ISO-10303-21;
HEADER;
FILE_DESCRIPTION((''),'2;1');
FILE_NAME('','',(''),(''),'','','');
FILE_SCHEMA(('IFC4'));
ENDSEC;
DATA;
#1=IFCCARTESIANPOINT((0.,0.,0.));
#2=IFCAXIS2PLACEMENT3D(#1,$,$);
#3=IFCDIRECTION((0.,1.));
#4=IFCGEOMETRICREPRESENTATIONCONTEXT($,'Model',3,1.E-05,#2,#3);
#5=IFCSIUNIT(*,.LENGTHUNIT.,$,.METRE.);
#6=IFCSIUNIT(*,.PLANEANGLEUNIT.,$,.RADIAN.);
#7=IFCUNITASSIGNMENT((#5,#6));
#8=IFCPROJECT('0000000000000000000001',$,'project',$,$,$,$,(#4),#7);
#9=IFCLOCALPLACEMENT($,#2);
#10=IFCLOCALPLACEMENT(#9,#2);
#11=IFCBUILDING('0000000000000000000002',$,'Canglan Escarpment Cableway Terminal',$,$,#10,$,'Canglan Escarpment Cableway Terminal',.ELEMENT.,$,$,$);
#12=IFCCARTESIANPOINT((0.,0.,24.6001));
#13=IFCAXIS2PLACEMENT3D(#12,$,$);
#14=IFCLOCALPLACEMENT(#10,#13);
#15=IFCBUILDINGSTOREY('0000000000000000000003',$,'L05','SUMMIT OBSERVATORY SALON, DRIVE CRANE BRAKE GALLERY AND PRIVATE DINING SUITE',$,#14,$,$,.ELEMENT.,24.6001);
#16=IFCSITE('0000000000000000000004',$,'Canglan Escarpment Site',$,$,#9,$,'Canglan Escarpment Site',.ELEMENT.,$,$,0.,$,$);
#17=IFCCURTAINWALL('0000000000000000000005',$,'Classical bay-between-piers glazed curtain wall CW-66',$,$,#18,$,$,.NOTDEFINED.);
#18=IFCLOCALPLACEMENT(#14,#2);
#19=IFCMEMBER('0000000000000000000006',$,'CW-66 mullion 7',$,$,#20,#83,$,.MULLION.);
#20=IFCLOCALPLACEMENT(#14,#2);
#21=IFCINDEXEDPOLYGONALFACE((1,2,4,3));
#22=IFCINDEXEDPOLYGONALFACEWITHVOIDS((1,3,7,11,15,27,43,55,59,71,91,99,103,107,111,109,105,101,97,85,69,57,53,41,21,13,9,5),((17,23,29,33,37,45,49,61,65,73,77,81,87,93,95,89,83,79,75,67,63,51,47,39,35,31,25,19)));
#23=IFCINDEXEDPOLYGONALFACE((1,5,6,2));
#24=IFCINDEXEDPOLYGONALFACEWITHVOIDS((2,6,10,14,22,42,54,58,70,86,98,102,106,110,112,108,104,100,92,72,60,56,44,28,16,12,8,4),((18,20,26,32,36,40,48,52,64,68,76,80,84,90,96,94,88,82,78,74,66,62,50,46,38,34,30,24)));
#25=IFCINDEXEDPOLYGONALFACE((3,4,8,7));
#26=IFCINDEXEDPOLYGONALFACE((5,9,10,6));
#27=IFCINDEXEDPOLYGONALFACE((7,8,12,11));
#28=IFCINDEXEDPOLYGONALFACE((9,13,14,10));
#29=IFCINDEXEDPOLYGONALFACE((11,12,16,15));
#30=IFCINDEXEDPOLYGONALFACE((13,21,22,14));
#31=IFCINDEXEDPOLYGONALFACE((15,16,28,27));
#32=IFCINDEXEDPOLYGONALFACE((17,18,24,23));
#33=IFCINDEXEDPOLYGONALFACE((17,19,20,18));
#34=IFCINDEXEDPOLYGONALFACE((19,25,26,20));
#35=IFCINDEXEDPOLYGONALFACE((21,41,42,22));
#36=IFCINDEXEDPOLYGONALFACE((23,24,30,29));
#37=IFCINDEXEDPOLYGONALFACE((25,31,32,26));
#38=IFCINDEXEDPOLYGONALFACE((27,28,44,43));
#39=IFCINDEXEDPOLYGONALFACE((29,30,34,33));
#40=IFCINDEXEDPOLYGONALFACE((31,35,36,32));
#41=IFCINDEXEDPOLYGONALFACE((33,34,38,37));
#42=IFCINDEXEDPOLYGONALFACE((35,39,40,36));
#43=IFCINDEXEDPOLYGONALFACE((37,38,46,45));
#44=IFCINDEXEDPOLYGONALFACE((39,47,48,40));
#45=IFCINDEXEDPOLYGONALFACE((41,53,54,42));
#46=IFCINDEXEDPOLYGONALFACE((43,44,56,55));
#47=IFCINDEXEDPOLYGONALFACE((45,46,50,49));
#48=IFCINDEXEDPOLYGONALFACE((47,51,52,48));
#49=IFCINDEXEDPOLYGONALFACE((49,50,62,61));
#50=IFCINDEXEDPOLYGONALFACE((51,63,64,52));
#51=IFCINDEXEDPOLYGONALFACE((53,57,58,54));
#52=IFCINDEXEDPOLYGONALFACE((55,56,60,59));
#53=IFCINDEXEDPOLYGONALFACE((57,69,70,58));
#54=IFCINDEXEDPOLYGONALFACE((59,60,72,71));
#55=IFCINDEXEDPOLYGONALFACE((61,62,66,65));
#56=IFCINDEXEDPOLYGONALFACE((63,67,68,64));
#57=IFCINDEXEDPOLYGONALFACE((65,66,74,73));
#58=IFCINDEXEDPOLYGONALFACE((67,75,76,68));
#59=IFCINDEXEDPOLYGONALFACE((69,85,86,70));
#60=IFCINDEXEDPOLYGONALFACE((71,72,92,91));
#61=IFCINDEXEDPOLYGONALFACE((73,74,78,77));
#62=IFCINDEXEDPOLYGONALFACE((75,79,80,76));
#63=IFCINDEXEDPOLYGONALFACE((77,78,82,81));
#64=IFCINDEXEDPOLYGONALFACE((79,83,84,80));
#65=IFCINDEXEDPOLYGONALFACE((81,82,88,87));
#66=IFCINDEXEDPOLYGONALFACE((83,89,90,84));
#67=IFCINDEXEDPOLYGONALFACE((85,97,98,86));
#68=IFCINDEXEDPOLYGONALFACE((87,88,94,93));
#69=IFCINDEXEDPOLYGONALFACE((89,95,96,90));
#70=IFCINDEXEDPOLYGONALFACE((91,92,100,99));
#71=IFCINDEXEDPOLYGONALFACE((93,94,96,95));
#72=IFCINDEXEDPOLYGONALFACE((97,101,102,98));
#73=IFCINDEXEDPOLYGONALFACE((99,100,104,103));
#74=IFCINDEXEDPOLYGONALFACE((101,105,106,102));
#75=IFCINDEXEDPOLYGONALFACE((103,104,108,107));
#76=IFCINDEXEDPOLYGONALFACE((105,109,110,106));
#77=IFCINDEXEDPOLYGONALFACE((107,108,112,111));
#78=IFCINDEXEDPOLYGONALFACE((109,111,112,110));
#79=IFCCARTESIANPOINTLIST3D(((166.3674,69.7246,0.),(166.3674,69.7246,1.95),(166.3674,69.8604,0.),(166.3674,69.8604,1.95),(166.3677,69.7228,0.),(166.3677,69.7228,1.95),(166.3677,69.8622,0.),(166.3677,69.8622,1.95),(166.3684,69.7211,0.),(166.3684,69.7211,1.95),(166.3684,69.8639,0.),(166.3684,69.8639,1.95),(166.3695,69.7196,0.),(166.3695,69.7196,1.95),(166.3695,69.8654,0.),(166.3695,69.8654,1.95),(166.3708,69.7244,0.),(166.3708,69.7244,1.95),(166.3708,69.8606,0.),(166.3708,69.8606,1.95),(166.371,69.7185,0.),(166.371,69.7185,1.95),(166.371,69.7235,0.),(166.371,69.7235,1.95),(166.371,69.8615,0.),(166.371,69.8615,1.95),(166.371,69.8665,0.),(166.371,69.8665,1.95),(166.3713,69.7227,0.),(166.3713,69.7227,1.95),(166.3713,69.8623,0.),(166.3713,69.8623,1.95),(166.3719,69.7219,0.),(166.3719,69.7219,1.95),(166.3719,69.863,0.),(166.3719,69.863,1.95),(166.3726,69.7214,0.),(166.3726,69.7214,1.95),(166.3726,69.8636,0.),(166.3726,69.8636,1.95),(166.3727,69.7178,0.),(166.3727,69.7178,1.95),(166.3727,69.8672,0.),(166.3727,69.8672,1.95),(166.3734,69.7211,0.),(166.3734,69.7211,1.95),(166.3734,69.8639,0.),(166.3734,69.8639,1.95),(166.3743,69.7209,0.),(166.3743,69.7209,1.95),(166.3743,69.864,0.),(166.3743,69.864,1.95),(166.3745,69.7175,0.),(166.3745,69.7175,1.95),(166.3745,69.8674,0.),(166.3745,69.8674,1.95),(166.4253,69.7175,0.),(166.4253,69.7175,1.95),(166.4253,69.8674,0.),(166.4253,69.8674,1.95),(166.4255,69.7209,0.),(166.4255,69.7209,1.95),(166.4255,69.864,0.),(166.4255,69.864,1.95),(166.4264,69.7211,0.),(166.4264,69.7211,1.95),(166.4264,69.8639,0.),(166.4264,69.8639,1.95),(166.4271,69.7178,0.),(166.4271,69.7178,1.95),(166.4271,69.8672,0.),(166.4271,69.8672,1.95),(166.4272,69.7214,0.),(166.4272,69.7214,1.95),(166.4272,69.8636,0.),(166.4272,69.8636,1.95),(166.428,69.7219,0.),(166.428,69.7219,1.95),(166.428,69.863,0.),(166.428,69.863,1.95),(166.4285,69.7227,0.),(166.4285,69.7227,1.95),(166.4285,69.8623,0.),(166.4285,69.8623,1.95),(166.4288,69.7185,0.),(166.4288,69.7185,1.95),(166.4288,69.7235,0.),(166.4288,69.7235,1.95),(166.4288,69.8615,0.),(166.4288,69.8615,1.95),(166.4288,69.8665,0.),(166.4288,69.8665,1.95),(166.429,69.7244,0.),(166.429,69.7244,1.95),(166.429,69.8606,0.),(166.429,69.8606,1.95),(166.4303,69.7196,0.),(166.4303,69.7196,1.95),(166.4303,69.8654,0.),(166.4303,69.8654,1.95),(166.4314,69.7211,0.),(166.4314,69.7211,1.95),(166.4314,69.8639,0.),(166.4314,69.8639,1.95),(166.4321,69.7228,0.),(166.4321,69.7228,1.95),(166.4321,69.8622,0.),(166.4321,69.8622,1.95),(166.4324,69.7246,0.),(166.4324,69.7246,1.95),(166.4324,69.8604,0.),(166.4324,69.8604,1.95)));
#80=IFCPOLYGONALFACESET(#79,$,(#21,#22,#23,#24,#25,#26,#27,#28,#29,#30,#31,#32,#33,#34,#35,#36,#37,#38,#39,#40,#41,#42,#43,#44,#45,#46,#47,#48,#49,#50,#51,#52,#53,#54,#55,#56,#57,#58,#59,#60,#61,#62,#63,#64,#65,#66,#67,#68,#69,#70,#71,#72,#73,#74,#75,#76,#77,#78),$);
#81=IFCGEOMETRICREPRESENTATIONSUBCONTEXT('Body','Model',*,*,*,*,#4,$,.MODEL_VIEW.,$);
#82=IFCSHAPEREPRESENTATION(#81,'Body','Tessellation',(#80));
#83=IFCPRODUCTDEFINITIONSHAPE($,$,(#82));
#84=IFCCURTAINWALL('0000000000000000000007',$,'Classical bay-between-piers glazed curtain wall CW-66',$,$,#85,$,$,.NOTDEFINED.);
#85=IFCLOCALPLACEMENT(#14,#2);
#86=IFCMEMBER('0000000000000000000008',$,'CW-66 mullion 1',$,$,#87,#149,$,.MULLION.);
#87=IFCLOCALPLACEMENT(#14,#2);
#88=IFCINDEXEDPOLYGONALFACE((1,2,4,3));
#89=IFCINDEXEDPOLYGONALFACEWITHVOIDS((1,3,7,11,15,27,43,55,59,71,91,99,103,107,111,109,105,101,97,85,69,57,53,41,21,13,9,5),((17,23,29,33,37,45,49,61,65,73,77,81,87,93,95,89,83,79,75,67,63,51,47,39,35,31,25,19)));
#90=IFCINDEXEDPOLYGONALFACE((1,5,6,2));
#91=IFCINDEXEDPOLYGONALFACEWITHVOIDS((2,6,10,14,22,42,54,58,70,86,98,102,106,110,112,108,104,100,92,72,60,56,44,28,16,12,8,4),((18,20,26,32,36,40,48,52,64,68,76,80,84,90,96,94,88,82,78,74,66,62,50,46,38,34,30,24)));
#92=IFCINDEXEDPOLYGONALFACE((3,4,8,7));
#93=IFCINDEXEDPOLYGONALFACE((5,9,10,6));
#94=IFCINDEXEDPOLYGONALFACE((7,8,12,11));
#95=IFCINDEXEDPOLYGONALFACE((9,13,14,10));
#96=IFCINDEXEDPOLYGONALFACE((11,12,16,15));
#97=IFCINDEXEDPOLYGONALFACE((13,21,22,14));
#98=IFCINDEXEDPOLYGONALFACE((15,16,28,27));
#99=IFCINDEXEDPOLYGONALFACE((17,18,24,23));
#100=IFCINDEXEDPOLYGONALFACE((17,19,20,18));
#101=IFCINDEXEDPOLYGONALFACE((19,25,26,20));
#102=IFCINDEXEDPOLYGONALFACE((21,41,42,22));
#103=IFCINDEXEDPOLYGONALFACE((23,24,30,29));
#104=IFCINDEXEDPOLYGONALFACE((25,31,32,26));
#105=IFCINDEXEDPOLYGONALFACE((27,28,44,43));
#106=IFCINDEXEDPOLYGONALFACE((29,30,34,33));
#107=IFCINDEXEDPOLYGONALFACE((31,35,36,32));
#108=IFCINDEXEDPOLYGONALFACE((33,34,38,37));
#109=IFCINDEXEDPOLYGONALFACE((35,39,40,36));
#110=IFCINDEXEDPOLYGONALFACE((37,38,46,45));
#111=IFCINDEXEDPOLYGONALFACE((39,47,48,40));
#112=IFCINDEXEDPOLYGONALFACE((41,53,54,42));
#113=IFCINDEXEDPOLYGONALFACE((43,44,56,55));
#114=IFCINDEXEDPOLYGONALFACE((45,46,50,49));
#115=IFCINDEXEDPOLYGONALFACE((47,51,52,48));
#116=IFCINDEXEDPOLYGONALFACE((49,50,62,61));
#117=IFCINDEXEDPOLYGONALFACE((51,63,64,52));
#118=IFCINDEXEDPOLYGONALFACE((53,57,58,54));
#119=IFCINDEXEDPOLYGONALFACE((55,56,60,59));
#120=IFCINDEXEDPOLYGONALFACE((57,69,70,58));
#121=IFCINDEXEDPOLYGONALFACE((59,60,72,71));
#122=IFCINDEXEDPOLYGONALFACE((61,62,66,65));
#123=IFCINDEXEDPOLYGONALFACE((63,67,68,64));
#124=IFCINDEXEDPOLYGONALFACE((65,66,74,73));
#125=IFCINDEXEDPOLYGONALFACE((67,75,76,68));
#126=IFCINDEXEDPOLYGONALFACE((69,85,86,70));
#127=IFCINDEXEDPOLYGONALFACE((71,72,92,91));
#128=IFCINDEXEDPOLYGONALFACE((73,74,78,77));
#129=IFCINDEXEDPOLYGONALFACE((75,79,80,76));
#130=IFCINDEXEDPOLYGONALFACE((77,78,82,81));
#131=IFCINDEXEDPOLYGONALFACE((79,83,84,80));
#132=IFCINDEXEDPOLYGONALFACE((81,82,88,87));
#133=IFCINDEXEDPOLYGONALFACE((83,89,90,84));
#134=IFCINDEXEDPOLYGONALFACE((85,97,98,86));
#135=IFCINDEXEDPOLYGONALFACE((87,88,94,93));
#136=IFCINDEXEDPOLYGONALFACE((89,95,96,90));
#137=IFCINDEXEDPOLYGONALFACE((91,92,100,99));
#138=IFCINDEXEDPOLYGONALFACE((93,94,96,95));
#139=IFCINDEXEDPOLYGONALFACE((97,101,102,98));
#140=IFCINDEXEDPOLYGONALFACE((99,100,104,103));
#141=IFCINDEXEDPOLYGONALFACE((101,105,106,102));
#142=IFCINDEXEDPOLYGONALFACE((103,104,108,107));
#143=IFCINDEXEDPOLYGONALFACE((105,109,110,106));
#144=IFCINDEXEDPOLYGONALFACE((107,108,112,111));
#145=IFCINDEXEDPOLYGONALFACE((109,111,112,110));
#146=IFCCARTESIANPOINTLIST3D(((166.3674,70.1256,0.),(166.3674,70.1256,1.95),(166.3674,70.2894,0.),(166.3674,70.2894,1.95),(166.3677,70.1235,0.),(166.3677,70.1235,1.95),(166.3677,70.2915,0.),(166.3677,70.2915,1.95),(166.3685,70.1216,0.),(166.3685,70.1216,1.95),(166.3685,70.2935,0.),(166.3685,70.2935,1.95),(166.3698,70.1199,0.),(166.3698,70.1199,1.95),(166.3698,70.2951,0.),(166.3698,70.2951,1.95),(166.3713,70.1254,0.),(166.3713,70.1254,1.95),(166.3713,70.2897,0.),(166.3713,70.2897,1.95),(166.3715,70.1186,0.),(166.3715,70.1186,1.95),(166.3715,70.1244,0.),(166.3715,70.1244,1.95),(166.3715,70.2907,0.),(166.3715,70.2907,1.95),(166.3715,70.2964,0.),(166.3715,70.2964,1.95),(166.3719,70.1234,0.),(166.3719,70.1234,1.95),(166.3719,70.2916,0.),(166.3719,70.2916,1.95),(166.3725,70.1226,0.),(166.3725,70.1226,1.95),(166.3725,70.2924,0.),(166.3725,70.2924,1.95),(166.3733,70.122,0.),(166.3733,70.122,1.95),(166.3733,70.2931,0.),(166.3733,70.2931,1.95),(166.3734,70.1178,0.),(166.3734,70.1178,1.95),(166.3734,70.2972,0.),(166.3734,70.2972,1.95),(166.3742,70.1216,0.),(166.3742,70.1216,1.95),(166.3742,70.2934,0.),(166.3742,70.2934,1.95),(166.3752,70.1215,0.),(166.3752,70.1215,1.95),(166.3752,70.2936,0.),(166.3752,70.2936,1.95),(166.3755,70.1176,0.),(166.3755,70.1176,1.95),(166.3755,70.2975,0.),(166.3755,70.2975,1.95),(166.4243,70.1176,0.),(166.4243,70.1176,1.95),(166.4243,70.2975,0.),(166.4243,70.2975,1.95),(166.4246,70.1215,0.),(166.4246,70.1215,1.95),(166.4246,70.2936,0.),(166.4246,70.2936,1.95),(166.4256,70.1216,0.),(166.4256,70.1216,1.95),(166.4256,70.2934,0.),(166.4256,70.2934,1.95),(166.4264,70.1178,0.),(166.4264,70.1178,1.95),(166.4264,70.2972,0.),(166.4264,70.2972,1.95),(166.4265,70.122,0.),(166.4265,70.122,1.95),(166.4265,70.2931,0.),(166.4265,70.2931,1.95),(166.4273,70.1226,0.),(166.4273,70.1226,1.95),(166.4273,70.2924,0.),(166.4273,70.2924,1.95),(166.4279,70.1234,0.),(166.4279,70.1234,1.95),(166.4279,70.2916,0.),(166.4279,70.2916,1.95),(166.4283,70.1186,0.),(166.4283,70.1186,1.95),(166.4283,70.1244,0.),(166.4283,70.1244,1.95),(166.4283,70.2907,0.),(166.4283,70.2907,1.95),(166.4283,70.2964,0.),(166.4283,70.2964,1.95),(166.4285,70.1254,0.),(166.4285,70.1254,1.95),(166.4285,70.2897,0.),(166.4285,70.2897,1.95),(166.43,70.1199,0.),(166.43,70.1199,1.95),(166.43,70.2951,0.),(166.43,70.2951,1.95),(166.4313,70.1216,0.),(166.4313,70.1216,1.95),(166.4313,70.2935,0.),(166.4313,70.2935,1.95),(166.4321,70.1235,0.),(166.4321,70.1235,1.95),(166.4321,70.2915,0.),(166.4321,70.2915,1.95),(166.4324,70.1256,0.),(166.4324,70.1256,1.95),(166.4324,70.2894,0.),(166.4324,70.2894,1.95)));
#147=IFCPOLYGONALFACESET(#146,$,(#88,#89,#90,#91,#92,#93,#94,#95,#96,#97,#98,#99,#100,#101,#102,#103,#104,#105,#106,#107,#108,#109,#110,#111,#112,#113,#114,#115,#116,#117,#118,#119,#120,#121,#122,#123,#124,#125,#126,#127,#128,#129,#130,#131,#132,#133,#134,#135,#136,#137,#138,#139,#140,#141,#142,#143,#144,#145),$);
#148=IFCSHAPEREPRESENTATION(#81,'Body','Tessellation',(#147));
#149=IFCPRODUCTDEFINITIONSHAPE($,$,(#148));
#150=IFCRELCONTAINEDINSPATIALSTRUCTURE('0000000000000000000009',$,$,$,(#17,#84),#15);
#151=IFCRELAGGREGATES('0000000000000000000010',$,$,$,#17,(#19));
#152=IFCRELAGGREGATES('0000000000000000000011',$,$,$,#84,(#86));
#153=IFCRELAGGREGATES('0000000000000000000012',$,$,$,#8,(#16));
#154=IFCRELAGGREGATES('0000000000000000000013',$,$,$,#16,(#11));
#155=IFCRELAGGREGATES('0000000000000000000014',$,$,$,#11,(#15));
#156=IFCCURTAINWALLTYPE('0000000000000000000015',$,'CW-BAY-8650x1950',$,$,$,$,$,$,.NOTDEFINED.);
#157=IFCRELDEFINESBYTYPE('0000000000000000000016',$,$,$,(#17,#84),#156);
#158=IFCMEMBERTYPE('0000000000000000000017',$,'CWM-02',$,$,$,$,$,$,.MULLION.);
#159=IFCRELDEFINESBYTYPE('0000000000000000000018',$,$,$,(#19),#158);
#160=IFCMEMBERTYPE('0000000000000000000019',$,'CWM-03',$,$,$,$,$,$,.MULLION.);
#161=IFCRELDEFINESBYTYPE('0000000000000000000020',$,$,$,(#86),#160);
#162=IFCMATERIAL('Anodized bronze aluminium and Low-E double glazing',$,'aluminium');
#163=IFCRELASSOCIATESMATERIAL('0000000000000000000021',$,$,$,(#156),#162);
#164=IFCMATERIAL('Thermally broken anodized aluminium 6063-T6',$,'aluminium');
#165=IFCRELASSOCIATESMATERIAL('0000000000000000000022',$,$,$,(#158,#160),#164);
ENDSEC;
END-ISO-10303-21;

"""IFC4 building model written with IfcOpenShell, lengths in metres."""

from ifc_helpers import new_model, si_unit, direction, frame, origin, origin_2d, place, context, subcontext, project, spatial, hollow_rectangle, extrude, material, material_profile, profile_set, type_object, element, aggregate, save


model = new_model("IFC4")

# Units and contexts
model_context = context("Model", 3, precision=1e-05, world=origin(), true_north=direction((0.0, 1.0)))
body_context = subcontext(model_context, "Body", "Model", "MODEL_VIEW")
ifc_project = project(units=[si_unit("LENGTHUNIT", "METRE"), si_unit("PLANEANGLEUNIT", "RADIAN")], contexts=[model_context])

# Site, building, storey
site_placement = place(None, origin())
site = spatial("IfcSite", under=ifc_project, at=site_placement, Name="Canglan Escarpment Site", LongName="Canglan Escarpment Site", CompositionType="ELEMENT", RefElevation=0.0)
building_placement = place(site_placement, origin())
building = spatial("IfcBuilding", under=site, at=building_placement, Name="Canglan Escarpment Cableway Terminal", LongName="Canglan Escarpment Cableway Terminal", CompositionType="ELEMENT")
storey_placement = place(building_placement, frame((0.0, 0.0, 24.6001)))
storey = spatial("IfcBuildingStorey", under=building, at=storey_placement, Name="L05", Description="SUMMIT OBSERVATORY SALON, DRIVE CRANE BRAKE GALLERY AND PRIVATE DINING SUITE", CompositionType="ELEMENT", Elevation=24.6001)

# Curtain walls, members
ifc_material_1 = material(Name="Anodized bronze aluminium and Low-E double glazing", Category="aluminium")
curtain_wall_type = type_object("IfcCurtainWallType", Name="CW-BAY-8650x1950", PredefinedType="NOTDEFINED", material=ifc_material_1)
curtain_wall_1_placement = place(storey_placement, origin())
curtain_wall_1 = element("IfcCurtainWall", 1, at=curtain_wall_1_placement, inside=storey, type_object=curtain_wall_type, Name="Classical bay-between-piers glazed curtain wall CW-66", PredefinedType="NOTDEFINED")
ifc_material_2 = material(Name="Thermally broken anodized aluminium 6063-T6", Category="aluminium")
ifc_material_profile_1 = material_profile(ifc_material_2, hollow_rectangle(XDim=0.0649, YDim=0.1499, WallThickness=0.0034, InnerFilletRadius=0.0034, OuterFilletRadius=0.0071, at=origin_2d()), Name="ALU-MULL 65x150x3.5")
ifc_profile_set_1 = profile_set([ifc_material_profile_1], Name="Thermally broken anodized aluminium 6063-T6")
member_type_1 = type_object("IfcMemberType", Name="CWM-02", PredefinedType="MULLION", material=ifc_profile_set_1)
member_1_placement = place(storey_placement, frame((166.3999, 69.7925, 0.0), z_axis=(0.0, 0.0, 1.0), x_axis=(-1.0, 0.0, 0.0)))
member_1 = element("IfcMember", 2, at=member_1_placement, type_object=member_type_1, Name="CW-66 mullion 7", PredefinedType="MULLION", context=body_context, shape_type="SweptSolid", body=[
    extrude(hollow_rectangle(XDim=0.0649, YDim=0.1499, WallThickness=0.0034, InnerFilletRadius=0.0034, OuterFilletRadius=0.0071, at=origin_2d()), origin(), (0.0, 0.0, 1.0), 1.95),
])
curtain_wall_2_placement = place(storey_placement, origin())
curtain_wall_2 = element("IfcCurtainWall", 3, at=curtain_wall_2_placement, inside=storey, type_object=curtain_wall_type, Name="Classical bay-between-piers glazed curtain wall CW-66", PredefinedType="NOTDEFINED")
ifc_material_profile_2 = material_profile(ifc_material_2, hollow_rectangle(XDim=0.0649, YDim=0.1799, WallThickness=0.0039, InnerFilletRadius=0.0039, OuterFilletRadius=0.0081, at=origin_2d()), Name="ALU-MULL 65x180x4")
ifc_profile_set_2 = profile_set([ifc_material_profile_2], Name="Thermally broken anodized aluminium 6063-T6")
member_type_2 = type_object("IfcMemberType", Name="CWM-03", PredefinedType="MULLION", material=ifc_profile_set_2)
member_2_placement = place(storey_placement, frame((166.3999, 70.2075, 0.0), z_axis=(0.0, 0.0, 1.0), x_axis=(-1.0, 0.0, 0.0)))
member_2 = element("IfcMember", 4, at=member_2_placement, type_object=member_type_2, Name="CW-66 mullion 1", PredefinedType="MULLION", context=body_context, shape_type="SweptSolid", body=[
    extrude(hollow_rectangle(XDim=0.0649, YDim=0.1799, WallThickness=0.0039, InnerFilletRadius=0.0039, OuterFilletRadius=0.0081, at=origin_2d()), origin(), (0.0, 0.0, 1.0), 1.95),
])

aggregate(curtain_wall_1, [member_1])
aggregate(curtain_wall_2, [member_2])

save(model, "model.ifc")
